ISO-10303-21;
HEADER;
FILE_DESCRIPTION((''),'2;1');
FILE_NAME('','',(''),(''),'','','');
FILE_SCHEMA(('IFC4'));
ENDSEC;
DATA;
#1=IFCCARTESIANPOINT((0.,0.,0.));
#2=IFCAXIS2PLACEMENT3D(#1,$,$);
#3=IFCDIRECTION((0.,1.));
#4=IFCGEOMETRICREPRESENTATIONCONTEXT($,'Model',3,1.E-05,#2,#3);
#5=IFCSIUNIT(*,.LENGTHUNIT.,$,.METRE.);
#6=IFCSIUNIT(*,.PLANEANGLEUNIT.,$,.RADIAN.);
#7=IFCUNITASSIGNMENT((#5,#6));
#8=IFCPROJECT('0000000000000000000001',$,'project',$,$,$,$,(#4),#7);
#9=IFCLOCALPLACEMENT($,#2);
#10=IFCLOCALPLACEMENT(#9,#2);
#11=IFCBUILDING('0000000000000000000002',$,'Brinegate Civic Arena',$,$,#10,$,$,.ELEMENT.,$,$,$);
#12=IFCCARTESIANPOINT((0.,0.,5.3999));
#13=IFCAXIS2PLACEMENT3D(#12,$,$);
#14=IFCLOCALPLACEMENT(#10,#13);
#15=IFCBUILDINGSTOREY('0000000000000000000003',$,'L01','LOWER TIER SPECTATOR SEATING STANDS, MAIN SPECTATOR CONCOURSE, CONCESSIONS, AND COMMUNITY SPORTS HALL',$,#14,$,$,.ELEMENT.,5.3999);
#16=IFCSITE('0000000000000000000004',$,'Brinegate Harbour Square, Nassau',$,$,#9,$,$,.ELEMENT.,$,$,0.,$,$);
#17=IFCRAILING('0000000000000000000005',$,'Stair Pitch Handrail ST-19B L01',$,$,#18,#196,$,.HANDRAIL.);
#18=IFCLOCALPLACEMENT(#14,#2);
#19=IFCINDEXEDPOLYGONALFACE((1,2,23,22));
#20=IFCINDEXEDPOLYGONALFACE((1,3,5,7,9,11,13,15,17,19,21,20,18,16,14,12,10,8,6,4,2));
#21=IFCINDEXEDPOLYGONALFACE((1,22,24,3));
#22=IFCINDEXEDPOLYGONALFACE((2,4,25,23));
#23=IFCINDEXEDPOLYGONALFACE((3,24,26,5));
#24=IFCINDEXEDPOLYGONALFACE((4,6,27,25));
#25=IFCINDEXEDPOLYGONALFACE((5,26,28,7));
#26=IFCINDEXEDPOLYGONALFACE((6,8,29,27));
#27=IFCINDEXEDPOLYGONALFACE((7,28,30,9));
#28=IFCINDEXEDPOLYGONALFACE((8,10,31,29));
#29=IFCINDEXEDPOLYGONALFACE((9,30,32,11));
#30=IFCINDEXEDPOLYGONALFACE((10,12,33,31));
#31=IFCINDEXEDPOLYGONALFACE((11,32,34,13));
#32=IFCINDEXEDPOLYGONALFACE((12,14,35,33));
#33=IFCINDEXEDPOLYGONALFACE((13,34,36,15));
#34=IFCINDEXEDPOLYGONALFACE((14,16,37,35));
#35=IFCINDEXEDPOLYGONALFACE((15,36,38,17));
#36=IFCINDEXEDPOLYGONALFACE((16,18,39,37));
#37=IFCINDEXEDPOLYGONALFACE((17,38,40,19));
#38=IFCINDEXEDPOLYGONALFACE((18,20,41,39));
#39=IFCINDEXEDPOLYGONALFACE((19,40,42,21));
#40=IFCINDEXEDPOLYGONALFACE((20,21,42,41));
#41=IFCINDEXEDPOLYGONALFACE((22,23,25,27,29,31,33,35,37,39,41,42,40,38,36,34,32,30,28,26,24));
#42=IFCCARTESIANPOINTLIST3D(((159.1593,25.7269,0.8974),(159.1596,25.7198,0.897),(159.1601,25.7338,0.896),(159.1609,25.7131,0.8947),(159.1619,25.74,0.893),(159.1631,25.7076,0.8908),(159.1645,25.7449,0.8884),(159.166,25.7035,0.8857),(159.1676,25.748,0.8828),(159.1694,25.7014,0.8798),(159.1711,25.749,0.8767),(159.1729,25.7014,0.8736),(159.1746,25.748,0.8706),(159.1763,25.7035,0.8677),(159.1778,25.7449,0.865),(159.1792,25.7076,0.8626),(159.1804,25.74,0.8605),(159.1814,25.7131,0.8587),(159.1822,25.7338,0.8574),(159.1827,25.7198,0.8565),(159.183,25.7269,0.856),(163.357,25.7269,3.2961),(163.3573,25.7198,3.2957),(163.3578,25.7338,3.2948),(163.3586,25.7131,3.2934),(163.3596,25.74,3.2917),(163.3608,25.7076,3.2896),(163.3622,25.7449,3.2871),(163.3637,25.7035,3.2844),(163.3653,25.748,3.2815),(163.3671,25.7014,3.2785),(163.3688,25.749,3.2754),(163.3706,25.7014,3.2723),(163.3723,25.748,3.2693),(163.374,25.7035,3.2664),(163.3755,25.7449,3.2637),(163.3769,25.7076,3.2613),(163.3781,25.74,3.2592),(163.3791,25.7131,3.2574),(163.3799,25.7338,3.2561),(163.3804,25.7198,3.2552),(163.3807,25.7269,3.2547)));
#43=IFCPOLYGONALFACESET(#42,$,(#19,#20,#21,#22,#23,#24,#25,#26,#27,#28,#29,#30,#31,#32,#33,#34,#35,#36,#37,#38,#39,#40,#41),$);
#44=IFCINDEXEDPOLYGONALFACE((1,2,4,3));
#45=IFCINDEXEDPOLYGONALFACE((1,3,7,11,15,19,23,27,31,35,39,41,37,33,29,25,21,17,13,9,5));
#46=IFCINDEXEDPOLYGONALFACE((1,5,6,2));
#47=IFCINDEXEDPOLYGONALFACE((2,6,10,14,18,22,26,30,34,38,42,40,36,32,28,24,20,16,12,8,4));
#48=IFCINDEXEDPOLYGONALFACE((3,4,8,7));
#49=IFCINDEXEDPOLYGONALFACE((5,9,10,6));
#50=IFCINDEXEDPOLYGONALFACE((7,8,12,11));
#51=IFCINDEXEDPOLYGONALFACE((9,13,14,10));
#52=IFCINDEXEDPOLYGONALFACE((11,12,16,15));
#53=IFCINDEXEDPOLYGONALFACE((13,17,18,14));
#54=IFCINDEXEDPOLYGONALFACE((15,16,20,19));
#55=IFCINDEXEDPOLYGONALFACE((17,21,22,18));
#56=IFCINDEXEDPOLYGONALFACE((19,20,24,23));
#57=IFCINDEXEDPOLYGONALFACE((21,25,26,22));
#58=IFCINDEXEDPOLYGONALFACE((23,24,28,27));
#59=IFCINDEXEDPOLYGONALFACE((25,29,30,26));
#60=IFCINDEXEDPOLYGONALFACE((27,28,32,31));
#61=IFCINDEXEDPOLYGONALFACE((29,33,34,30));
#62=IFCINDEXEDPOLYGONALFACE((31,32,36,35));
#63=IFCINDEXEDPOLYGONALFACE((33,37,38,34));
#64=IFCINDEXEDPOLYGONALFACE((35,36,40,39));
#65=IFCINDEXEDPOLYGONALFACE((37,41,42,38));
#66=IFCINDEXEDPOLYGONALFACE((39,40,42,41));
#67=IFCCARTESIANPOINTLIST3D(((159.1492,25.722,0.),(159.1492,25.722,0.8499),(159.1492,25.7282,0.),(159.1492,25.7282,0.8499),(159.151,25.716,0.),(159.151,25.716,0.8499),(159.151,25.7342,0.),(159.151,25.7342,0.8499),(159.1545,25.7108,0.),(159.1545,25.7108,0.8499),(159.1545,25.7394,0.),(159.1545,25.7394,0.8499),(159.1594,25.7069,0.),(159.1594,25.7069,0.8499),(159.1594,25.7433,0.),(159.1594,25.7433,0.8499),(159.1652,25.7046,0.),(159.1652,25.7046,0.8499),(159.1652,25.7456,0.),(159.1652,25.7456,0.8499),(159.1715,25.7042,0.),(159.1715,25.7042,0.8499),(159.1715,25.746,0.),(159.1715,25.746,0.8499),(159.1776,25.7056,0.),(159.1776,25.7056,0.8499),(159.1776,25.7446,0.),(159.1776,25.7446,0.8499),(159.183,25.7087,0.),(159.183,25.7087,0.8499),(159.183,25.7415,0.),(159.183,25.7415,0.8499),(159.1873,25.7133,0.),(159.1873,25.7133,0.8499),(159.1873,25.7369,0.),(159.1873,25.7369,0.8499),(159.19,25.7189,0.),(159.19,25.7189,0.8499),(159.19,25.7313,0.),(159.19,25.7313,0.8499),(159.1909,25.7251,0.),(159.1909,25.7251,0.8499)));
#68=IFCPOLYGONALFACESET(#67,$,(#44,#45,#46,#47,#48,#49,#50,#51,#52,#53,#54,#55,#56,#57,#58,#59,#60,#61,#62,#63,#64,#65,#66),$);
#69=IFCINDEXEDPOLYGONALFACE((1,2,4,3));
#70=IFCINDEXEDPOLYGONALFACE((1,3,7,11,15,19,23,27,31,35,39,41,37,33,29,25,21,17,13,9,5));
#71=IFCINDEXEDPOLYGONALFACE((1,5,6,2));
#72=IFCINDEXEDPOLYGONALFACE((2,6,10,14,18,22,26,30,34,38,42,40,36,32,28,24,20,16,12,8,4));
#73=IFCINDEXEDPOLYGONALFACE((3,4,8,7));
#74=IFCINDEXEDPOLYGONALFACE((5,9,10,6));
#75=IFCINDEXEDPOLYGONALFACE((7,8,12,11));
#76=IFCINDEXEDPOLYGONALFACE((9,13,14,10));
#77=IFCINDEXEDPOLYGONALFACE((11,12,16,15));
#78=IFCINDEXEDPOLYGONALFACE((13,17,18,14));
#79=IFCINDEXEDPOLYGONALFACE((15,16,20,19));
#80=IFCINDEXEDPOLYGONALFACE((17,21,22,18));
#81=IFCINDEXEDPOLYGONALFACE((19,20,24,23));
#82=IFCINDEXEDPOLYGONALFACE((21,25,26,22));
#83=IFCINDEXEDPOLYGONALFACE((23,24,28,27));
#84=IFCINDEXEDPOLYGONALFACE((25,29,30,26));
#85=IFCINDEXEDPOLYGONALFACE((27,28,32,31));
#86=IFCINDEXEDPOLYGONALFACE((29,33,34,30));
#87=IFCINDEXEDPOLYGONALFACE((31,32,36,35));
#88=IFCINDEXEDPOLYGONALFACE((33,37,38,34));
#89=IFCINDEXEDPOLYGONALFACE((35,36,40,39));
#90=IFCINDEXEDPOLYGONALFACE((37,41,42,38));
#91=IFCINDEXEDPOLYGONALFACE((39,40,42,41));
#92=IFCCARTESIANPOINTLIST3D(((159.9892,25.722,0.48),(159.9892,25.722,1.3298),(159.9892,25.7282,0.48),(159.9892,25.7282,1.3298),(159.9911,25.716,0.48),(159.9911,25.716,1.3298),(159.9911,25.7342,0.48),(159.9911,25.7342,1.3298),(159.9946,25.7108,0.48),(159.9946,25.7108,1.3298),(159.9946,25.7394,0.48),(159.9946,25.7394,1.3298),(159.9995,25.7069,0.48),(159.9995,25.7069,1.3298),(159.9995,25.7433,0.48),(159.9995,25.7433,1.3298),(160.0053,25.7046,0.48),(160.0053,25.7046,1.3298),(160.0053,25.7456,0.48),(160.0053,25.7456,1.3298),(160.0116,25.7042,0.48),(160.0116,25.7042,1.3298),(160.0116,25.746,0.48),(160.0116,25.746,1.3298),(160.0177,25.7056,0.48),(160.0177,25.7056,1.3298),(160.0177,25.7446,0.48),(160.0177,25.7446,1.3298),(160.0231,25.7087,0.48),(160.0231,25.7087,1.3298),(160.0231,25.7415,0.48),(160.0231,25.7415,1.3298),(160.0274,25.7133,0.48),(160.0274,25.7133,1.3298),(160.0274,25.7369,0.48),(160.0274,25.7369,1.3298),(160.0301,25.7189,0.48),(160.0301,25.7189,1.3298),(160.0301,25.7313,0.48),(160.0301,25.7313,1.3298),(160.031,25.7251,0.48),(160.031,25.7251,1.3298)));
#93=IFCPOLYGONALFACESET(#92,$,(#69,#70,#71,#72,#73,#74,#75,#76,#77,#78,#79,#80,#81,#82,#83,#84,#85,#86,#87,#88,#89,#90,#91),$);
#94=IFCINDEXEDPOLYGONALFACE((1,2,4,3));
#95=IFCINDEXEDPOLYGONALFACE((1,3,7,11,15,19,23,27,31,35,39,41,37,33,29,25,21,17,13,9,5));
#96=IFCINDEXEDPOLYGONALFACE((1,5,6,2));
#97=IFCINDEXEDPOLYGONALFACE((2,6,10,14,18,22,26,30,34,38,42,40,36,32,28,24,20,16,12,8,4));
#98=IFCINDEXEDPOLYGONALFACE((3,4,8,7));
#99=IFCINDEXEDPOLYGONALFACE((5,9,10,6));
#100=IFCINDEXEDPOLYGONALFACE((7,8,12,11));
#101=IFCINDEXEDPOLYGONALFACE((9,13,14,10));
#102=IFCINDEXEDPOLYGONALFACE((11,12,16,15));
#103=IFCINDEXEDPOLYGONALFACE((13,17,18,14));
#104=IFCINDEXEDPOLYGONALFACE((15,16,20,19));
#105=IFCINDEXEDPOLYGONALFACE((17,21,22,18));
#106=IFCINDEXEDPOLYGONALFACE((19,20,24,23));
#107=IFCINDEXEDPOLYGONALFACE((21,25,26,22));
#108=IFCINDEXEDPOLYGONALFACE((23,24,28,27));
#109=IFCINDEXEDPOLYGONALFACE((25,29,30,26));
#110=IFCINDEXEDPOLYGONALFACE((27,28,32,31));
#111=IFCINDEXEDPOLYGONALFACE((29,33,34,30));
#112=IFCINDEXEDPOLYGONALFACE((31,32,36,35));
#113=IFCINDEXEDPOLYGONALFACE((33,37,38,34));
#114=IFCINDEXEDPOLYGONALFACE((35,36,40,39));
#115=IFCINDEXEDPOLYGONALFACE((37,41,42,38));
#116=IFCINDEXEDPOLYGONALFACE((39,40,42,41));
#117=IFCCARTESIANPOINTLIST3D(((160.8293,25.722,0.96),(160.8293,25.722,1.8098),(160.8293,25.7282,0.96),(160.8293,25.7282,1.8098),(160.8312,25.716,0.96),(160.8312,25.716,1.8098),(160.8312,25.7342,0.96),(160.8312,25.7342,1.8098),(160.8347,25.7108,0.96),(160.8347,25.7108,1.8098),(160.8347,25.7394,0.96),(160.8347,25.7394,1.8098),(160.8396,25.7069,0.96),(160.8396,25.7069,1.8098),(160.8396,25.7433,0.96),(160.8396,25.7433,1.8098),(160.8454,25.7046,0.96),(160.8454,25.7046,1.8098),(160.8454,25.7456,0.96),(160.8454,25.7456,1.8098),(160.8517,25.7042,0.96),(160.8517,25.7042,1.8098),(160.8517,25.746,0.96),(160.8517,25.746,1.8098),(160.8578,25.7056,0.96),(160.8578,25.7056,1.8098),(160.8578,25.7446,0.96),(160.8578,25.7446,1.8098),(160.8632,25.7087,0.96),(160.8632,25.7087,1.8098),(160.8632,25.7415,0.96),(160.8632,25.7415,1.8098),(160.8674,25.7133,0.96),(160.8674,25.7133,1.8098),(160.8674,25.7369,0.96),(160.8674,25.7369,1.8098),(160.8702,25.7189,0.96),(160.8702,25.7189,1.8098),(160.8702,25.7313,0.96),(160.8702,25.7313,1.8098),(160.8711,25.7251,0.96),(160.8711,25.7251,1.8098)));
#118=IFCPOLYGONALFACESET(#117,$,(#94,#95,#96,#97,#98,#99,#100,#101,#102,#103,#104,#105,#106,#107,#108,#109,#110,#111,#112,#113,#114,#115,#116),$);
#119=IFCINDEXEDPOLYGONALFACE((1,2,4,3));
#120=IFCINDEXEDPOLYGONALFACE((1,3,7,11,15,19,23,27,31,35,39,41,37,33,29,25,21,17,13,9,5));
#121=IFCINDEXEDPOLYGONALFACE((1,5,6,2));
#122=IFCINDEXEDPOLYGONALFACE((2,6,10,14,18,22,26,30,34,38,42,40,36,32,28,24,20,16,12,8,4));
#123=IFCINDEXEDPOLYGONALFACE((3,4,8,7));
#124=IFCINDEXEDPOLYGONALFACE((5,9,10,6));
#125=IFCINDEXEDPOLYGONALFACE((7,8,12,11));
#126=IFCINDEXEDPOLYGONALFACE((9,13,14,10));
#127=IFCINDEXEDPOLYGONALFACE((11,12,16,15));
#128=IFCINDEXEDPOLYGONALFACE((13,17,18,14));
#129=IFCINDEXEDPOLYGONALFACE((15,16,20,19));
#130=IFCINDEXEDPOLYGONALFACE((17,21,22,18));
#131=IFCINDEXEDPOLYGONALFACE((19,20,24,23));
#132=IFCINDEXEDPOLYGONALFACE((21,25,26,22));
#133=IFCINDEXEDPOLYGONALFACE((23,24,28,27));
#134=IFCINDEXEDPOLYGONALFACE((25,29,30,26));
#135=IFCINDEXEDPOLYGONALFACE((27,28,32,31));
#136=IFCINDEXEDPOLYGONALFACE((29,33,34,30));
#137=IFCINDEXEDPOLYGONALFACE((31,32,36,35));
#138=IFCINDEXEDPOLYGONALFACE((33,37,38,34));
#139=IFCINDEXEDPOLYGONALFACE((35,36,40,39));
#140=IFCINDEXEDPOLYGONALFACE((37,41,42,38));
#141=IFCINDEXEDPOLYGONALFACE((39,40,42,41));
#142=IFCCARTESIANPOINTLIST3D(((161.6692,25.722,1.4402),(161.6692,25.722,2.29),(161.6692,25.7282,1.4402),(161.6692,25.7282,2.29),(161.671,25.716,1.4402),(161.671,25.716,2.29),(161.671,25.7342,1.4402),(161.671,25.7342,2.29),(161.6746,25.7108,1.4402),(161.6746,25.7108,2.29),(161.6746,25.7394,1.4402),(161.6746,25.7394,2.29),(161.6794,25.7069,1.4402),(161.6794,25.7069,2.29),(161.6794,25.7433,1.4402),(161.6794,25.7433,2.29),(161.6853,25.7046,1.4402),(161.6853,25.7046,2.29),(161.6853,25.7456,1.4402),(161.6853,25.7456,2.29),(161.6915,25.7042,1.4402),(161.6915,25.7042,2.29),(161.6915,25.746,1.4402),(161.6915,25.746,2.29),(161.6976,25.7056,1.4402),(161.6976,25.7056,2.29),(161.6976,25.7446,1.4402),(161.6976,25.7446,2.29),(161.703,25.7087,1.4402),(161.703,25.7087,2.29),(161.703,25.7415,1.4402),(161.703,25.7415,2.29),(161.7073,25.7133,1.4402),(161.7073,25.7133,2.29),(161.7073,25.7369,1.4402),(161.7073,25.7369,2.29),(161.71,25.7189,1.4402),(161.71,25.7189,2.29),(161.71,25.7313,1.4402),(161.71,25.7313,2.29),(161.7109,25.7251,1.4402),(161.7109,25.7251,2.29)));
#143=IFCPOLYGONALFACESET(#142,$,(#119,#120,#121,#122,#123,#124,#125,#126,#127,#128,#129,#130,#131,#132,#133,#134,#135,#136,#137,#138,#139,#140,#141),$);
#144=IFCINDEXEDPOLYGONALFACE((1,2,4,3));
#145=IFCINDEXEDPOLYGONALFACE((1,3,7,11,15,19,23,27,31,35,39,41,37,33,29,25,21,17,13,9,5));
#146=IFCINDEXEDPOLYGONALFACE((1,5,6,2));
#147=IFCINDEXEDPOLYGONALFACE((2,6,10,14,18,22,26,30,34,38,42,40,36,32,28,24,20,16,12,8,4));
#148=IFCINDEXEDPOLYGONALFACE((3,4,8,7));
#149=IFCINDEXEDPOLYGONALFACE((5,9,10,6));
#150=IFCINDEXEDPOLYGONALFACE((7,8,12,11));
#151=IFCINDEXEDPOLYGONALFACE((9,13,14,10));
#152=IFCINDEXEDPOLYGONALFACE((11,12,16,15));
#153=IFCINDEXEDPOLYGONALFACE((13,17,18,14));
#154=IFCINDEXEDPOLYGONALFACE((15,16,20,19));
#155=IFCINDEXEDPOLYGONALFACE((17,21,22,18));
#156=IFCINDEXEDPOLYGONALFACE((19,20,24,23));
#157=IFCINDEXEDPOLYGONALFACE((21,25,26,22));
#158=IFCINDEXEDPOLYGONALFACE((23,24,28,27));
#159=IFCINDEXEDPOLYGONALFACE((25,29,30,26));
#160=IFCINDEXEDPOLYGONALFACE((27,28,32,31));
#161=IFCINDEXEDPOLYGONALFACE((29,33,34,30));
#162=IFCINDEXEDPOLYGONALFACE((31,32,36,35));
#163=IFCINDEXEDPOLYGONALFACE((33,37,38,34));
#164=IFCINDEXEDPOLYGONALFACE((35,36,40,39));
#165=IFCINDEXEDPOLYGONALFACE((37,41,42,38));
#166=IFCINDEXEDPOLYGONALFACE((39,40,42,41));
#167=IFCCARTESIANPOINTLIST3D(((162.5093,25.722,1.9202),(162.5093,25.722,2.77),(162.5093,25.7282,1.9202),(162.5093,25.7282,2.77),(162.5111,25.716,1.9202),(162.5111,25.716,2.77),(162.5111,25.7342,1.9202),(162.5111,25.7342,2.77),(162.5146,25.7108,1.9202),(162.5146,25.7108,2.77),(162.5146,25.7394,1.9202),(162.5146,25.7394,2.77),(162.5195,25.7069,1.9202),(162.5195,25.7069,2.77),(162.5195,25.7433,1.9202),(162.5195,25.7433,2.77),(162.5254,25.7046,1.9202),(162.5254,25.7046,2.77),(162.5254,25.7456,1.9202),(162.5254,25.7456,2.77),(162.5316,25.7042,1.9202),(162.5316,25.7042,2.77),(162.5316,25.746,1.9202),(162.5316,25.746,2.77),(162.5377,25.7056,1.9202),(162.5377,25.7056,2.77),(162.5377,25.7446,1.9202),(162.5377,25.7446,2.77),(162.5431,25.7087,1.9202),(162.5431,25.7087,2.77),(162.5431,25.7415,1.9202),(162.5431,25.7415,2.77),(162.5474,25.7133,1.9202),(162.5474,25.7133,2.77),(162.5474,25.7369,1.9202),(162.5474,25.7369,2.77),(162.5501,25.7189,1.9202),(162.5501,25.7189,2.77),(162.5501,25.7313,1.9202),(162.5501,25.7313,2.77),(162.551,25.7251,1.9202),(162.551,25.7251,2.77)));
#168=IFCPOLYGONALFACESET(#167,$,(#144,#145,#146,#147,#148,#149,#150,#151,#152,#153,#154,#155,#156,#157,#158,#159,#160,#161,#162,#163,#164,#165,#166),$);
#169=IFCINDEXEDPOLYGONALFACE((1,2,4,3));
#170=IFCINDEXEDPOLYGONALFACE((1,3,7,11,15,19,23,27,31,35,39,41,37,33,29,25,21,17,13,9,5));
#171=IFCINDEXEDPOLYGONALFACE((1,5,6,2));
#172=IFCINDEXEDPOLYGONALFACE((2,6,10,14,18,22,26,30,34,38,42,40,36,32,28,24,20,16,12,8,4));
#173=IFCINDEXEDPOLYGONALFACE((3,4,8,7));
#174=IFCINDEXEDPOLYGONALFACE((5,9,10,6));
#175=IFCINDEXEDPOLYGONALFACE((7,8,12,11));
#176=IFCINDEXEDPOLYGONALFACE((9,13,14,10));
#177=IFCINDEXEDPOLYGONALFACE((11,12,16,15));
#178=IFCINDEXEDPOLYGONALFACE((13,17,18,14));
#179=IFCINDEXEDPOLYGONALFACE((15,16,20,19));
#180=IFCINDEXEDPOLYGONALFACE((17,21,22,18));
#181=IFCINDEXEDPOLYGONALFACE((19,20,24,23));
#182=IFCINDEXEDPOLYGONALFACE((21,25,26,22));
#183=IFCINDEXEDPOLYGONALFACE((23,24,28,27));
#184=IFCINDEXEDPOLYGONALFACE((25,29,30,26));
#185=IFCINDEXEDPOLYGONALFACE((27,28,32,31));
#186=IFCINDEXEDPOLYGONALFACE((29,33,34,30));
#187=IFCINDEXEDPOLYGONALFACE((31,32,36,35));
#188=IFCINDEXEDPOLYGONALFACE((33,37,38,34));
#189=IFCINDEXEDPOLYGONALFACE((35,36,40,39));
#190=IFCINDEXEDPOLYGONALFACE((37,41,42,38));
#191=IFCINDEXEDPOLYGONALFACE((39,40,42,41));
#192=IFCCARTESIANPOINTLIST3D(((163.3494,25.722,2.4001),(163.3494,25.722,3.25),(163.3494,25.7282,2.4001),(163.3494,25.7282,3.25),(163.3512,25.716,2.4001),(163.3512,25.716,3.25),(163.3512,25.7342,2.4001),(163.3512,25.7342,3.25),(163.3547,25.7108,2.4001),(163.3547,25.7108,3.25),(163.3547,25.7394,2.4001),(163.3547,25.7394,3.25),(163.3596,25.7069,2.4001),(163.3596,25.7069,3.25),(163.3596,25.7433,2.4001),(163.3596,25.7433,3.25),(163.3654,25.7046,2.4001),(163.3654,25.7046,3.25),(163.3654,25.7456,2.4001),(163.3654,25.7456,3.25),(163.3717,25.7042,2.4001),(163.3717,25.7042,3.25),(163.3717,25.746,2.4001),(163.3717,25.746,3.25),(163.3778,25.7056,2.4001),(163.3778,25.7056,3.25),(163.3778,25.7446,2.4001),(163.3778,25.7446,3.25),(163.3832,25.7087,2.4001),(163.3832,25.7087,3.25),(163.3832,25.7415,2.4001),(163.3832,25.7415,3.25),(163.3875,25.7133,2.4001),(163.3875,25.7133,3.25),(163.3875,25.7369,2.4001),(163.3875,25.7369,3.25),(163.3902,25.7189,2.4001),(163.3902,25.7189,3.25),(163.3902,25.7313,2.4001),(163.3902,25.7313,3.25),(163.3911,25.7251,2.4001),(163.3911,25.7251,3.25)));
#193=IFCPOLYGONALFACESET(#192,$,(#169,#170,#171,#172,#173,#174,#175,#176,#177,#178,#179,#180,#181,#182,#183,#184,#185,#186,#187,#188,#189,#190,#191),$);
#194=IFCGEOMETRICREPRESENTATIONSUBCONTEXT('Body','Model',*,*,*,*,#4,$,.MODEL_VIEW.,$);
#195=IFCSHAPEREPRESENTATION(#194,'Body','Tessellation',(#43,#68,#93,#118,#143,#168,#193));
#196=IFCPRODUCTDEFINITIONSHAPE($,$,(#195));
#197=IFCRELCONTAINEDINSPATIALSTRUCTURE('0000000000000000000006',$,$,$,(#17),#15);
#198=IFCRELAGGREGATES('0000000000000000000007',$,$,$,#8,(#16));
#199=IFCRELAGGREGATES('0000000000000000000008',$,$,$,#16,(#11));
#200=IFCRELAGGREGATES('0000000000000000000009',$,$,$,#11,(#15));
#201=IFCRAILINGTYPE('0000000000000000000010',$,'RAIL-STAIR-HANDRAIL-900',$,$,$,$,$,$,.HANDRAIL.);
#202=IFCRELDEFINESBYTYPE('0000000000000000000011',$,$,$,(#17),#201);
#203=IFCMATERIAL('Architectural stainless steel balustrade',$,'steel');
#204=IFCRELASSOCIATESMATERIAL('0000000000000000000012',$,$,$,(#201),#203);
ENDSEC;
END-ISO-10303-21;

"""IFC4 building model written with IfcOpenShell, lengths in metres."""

from ifc_helpers import new_model, si_unit, direction, frame, origin, origin_2d, place, context, subcontext, project, spatial, circle, extrude, material, type_object, element, save


model = new_model("IFC4")

# Units and contexts
model_context = context("Model", 3, precision=1e-05, world=origin(), true_north=direction((0.0, 1.0)))
body_context = subcontext(model_context, "Body", "Model", "MODEL_VIEW")
ifc_project = project(units=[si_unit("LENGTHUNIT", "METRE"), si_unit("PLANEANGLEUNIT", "RADIAN")], contexts=[model_context])

# Site, building, storey
site_placement = place(None, origin())
site = spatial("IfcSite", under=ifc_project, at=site_placement, Name="Brinegate Harbour Square, Nassau", CompositionType="ELEMENT", RefElevation=0.0)
building_placement = place(site_placement, origin())
building = spatial("IfcBuilding", under=site, at=building_placement, Name="Brinegate Civic Arena", CompositionType="ELEMENT")
storey_placement = place(building_placement, frame((0.0, 0.0, 5.3999)))
storey = spatial("IfcBuildingStorey", under=building, at=storey_placement, Name="L01", Description="LOWER TIER SPECTATOR SEATING STANDS, MAIN SPECTATOR CONCOURSE, CONCESSIONS, AND COMMUNITY SPORTS HALL", CompositionType="ELEMENT", Elevation=5.3999)

# Railing
ifc_material_1 = material(Name="Architectural stainless steel balustrade", Category="steel")
railing_type = type_object("IfcRailingType", Name="RAIL-STAIR-HANDRAIL-900", PredefinedType="HANDRAIL", material=ifc_material_1)
for number, where, name in (
    (1, (159.1699, 25.7251, 0.0), "Stair Pitch Handrail ST-19B L01"),
):
    element("IfcRailing", number, at=place(storey_placement, frame(where)), inside=storey, type_object=railing_type, Name=name, PredefinedType="HANDRAIL", context=body_context, shape_type="SweptSolid", body=[
        extrude(circle(Radius=0.0239, at=origin_2d()), frame((0.0012, 0.0, 0.8767), z_axis=(0.86824, 0.0, 0.496144), x_axis=(0.0, 1.0, 0.0)), (0.0, 0.0, 1.0), 4.8347),
        extrude(circle(Radius=0.021, at=origin_2d()), origin(), (0.0, 0.0, 1.0), 0.8499),
        extrude(circle(Radius=0.021, at=origin_2d()), frame((0.8401, 0.0, 0.48)), (0.0, 0.0, 1.0), 0.8499),
        extrude(circle(Radius=0.021, at=origin_2d()), frame((1.6802, 0.0, 0.96)), (0.0, 0.0, 1.0), 0.8499),
        extrude(circle(Radius=0.021, at=origin_2d()), frame((2.52, 0.0, 1.4402)), (0.0, 0.0, 1.0), 0.8499),
        extrude(circle(Radius=0.021, at=origin_2d()), frame((3.3601, 0.0, 1.9202)), (0.0, 0.0, 1.0), 0.8499),
        extrude(circle(Radius=0.021, at=origin_2d()), frame((4.2002, 0.0, 2.4001)), (0.0, 0.0, 1.0), 0.8499),
    ])

save(model, "model.ifc")
